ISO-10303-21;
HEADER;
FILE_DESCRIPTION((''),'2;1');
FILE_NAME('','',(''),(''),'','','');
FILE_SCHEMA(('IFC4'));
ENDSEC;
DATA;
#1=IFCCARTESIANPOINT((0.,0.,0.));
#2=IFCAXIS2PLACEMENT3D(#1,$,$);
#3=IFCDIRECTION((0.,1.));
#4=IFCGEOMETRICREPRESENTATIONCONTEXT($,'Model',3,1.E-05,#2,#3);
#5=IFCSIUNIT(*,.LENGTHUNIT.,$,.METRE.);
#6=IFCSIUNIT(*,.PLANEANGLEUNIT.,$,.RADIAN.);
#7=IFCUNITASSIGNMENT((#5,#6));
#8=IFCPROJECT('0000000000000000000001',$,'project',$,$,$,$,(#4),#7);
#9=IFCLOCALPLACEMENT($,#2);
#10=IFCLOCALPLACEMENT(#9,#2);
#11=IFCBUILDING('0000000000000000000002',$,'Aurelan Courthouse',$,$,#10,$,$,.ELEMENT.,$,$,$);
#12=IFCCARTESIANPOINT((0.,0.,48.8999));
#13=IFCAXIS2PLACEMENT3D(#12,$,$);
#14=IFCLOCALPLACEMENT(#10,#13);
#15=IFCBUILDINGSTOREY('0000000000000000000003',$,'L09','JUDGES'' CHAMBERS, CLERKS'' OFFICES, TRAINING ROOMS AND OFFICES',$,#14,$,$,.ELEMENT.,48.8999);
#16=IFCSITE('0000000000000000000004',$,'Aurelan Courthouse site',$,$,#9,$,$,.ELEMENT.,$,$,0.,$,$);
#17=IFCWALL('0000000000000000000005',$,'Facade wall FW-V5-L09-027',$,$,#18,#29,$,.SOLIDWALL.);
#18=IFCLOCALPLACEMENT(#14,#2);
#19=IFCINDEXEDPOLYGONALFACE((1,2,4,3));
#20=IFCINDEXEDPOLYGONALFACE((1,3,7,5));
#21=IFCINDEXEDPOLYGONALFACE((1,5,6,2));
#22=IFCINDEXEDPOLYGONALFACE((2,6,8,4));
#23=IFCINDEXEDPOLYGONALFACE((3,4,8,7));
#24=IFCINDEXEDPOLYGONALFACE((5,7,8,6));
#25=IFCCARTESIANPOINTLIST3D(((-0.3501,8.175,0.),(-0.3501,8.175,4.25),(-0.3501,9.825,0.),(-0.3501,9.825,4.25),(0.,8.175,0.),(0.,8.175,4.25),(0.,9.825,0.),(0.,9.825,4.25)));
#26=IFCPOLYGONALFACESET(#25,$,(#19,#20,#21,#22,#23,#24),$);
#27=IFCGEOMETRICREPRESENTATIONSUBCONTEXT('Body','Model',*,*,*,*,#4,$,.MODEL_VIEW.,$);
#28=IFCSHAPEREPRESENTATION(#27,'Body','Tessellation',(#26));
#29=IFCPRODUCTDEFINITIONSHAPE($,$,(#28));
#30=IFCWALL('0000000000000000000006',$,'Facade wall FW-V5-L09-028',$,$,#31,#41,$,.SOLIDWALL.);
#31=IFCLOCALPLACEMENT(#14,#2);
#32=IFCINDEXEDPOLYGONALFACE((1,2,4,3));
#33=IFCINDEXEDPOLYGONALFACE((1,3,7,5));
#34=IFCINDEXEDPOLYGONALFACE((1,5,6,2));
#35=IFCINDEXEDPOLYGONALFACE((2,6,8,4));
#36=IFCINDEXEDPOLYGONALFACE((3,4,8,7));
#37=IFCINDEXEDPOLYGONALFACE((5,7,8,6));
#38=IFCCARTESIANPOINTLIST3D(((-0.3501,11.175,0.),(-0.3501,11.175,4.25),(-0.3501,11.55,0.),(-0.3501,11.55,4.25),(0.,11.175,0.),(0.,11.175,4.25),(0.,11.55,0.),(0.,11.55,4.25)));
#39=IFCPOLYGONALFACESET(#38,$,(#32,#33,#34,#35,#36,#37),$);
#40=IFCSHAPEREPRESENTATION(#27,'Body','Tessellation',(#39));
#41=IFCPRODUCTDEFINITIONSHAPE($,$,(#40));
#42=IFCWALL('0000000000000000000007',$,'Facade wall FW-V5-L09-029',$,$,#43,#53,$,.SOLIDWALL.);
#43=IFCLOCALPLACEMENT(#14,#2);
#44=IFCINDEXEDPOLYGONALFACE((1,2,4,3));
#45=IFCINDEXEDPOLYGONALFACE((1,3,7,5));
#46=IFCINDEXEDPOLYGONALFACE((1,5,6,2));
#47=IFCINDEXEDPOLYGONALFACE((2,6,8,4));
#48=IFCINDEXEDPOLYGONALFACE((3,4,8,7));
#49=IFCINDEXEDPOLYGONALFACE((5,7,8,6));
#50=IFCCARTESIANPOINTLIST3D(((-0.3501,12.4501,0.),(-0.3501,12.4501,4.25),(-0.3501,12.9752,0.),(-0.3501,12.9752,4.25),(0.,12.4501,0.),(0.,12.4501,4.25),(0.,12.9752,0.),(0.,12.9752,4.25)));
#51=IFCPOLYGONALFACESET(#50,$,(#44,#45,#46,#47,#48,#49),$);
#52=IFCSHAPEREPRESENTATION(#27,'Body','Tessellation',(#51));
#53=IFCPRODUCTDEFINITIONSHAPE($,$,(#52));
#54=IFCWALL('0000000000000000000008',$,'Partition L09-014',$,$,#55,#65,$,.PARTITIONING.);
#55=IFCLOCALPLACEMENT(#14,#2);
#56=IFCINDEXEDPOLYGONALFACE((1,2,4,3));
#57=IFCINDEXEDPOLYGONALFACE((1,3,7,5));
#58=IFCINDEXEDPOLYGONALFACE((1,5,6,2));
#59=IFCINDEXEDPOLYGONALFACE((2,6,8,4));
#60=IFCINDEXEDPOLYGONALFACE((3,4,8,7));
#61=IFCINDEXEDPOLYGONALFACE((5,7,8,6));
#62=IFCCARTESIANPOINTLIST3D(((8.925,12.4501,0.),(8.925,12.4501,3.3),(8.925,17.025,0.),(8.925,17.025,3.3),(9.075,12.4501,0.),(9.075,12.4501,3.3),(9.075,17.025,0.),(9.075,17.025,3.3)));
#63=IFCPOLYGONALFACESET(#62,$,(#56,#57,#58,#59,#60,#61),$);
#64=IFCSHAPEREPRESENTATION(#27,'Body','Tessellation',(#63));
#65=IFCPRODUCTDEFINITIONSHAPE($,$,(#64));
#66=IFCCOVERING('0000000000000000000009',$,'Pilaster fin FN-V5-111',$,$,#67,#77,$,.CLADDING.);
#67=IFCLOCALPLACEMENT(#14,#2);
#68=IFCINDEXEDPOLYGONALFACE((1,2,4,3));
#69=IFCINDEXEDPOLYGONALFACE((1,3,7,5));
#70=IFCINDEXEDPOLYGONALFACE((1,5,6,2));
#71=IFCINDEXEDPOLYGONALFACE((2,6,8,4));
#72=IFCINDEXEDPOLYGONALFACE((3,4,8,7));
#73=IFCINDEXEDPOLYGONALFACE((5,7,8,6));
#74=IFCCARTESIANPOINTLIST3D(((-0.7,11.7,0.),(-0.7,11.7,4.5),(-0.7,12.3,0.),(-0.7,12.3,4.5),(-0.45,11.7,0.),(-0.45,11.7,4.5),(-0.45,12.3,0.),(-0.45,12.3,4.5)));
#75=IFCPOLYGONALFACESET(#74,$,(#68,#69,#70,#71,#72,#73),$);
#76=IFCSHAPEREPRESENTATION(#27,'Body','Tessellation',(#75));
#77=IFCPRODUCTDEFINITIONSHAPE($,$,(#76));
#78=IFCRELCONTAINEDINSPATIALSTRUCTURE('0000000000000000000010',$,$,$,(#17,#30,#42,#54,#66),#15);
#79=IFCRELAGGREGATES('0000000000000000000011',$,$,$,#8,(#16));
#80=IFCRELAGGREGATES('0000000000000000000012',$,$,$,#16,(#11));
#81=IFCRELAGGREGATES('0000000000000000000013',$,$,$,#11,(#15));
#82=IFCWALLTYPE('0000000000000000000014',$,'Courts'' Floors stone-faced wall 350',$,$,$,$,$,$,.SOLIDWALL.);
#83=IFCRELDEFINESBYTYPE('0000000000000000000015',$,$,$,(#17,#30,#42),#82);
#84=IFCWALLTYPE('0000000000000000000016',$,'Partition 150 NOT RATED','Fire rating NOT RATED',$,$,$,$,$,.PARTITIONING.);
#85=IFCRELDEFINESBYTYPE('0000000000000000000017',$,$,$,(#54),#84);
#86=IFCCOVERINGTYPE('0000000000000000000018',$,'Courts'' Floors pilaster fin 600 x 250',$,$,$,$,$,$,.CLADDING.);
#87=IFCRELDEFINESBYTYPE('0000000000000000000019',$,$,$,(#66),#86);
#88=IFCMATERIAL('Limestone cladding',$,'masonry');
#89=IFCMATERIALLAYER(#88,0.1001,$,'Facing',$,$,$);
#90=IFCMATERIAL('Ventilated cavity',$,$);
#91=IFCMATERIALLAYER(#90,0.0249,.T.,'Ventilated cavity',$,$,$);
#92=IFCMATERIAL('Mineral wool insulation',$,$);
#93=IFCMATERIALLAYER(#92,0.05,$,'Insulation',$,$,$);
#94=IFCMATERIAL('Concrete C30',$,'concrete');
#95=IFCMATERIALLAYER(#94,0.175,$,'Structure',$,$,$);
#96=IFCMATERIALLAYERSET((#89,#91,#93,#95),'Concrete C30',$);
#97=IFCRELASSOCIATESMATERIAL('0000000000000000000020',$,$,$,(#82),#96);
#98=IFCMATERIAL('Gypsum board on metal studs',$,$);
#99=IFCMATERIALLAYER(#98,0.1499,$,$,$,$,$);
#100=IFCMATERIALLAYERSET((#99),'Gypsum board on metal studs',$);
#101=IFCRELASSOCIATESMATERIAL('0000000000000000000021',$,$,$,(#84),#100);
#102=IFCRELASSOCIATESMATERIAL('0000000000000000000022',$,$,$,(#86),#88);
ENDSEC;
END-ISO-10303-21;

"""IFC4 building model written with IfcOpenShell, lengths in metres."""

from ifc_helpers import new_model, si_unit, direction, frame, frame_2d, origin, origin_2d, place, context, subcontext, project, spatial, rectangle, extrude, material, layer, layer_set, type_object, element, save


model = new_model("IFC4")

# Units and contexts
model_context = context("Model", 3, precision=1e-05, world=origin(), true_north=direction((0.0, 1.0)))
body_context = subcontext(model_context, "Body", "Model", "MODEL_VIEW")
ifc_project = project(units=[si_unit("LENGTHUNIT", "METRE"), si_unit("PLANEANGLEUNIT", "RADIAN")], contexts=[model_context])

# Site, building, storey
site_placement = place(None, origin())
site = spatial("IfcSite", under=ifc_project, at=site_placement, Name="Aurelan Courthouse site", CompositionType="ELEMENT", RefElevation=0.0)
building_placement = place(site_placement, origin())
building = spatial("IfcBuilding", under=site, at=building_placement, Name="Aurelan Courthouse", CompositionType="ELEMENT")
storey_placement = place(building_placement, frame((0.0, 0.0, 48.8999)))
storey = spatial("IfcBuildingStorey", under=building, at=storey_placement, Name="L09", Description="JUDGES' CHAMBERS, CLERKS' OFFICES, TRAINING ROOMS AND OFFICES", CompositionType="ELEMENT", Elevation=48.8999)

# Shared definitions
ifc_material_1 = material(Name="Gypsum board on metal studs")

# Walls
ifc_material_2 = material(Name="Limestone cladding", Category="masonry")
ifc_layer_1 = layer(ifc_material_2, 0.1001, Name="Facing")
ifc_material_3 = material(Name="Ventilated cavity")
ifc_layer_2 = layer(ifc_material_3, 0.0249, ventilated=True, Name="Ventilated cavity")
ifc_material_4 = material(Name="Mineral wool insulation")
ifc_layer_3 = layer(ifc_material_4, 0.05, Name="Insulation")
ifc_material_5 = material(Name="Concrete C30", Category="concrete")
ifc_layer_4 = layer(ifc_material_5, 0.175, Name="Structure")
ifc_layer_set_1 = layer_set([ifc_layer_1, ifc_layer_2, ifc_layer_3, ifc_layer_4], Name="Concrete C30")
wall_type_1 = type_object("IfcWallType", Name="Courts' Floors stone-faced wall 350", PredefinedType="SOLIDWALL", material=ifc_layer_set_1)
wall_1_placement = place(storey_placement, frame((-0.175, 8.175, 0.0), z_axis=(0.0, 0.0, 1.0), x_axis=(0.0, 1.0, 0.0)))
element("IfcWall", 1, at=wall_1_placement, inside=storey, type_object=wall_type_1, Name="Facade wall FW-V5-L09-027", PredefinedType="SOLIDWALL", context=body_context, shape_type="SweptSolid", body=[
    extrude(rectangle(XDim=1.6499, YDim=0.3501, at=frame_2d((0.825, 0.0))), origin(), (0.0, 0.0, 1.0), 4.25),
])
wall_2_placement = place(storey_placement, frame((-0.175, 11.175, 0.0), z_axis=(0.0, 0.0, 1.0), x_axis=(0.0, 1.0, 0.0)))
element("IfcWall", 2, at=wall_2_placement, inside=storey, type_object=wall_type_1, Name="Facade wall FW-V5-L09-028", PredefinedType="SOLIDWALL", context=body_context, shape_type="SweptSolid", body=[
    extrude(rectangle(XDim=0.375, YDim=0.3501, at=frame_2d((0.1875, 0.0))), origin(), (0.0, 0.0, 1.0), 4.25),
])
wall_3_placement = place(storey_placement, frame((-0.175, 12.45, 0.0), z_axis=(0.0, 0.0, 1.0), x_axis=(0.0, 1.0, 0.0)))
element("IfcWall", 3, at=wall_3_placement, inside=storey, type_object=wall_type_1, Name="Facade wall FW-V5-L09-029", PredefinedType="SOLIDWALL", context=body_context, shape_type="SweptSolid", body=[
    extrude(rectangle(XDim=0.5251, YDim=0.3501, at=frame_2d((0.2627, 0.0))), origin(), (0.0, 0.0, 1.0), 4.25),
])
ifc_layer_5 = layer(ifc_material_1, 0.1499)
ifc_layer_set_2 = layer_set([ifc_layer_5], Name="Gypsum board on metal studs")
wall_type_2 = type_object("IfcWallType", Name="Partition 150 NOT RATED", Description="Fire rating NOT RATED", PredefinedType="PARTITIONING", material=ifc_layer_set_2)
wall_4_placement = place(storey_placement, frame((9.0, 12.45, 0.0), z_axis=(0.0, 0.0, 1.0), x_axis=(0.0, 1.0, 0.0)))
element("IfcWall", 4, at=wall_4_placement, inside=storey, type_object=wall_type_2, Name="Partition L09-014", PredefinedType="PARTITIONING", context=body_context, shape_type="SweptSolid", body=[
    extrude(rectangle(XDim=4.575, YDim=0.1499, at=frame_2d((2.2876, 0.0))), origin(), (0.0, 0.0, 1.0), 3.3),
])

# Covering
covering_type = type_object("IfcCoveringType", Name="Courts' Floors pilaster fin 600 x 250", PredefinedType="CLADDING", material=ifc_material_2)
covering_placement = place(storey_placement, frame((-0.575, 12.0, 0.0), z_axis=(0.0, 0.0, 1.0), x_axis=(1.0, 0.0, 0.0)))
element("IfcCovering", 5, at=covering_placement, inside=storey, type_object=covering_type, Name="Pilaster fin FN-V5-111", PredefinedType="CLADDING", context=body_context, shape_type="SweptSolid", body=[
    extrude(rectangle(XDim=0.25, YDim=0.6001, at=origin_2d()), origin(), (0.0, 0.0, 1.0), 4.5),
])

save(model, "model.ifc")
